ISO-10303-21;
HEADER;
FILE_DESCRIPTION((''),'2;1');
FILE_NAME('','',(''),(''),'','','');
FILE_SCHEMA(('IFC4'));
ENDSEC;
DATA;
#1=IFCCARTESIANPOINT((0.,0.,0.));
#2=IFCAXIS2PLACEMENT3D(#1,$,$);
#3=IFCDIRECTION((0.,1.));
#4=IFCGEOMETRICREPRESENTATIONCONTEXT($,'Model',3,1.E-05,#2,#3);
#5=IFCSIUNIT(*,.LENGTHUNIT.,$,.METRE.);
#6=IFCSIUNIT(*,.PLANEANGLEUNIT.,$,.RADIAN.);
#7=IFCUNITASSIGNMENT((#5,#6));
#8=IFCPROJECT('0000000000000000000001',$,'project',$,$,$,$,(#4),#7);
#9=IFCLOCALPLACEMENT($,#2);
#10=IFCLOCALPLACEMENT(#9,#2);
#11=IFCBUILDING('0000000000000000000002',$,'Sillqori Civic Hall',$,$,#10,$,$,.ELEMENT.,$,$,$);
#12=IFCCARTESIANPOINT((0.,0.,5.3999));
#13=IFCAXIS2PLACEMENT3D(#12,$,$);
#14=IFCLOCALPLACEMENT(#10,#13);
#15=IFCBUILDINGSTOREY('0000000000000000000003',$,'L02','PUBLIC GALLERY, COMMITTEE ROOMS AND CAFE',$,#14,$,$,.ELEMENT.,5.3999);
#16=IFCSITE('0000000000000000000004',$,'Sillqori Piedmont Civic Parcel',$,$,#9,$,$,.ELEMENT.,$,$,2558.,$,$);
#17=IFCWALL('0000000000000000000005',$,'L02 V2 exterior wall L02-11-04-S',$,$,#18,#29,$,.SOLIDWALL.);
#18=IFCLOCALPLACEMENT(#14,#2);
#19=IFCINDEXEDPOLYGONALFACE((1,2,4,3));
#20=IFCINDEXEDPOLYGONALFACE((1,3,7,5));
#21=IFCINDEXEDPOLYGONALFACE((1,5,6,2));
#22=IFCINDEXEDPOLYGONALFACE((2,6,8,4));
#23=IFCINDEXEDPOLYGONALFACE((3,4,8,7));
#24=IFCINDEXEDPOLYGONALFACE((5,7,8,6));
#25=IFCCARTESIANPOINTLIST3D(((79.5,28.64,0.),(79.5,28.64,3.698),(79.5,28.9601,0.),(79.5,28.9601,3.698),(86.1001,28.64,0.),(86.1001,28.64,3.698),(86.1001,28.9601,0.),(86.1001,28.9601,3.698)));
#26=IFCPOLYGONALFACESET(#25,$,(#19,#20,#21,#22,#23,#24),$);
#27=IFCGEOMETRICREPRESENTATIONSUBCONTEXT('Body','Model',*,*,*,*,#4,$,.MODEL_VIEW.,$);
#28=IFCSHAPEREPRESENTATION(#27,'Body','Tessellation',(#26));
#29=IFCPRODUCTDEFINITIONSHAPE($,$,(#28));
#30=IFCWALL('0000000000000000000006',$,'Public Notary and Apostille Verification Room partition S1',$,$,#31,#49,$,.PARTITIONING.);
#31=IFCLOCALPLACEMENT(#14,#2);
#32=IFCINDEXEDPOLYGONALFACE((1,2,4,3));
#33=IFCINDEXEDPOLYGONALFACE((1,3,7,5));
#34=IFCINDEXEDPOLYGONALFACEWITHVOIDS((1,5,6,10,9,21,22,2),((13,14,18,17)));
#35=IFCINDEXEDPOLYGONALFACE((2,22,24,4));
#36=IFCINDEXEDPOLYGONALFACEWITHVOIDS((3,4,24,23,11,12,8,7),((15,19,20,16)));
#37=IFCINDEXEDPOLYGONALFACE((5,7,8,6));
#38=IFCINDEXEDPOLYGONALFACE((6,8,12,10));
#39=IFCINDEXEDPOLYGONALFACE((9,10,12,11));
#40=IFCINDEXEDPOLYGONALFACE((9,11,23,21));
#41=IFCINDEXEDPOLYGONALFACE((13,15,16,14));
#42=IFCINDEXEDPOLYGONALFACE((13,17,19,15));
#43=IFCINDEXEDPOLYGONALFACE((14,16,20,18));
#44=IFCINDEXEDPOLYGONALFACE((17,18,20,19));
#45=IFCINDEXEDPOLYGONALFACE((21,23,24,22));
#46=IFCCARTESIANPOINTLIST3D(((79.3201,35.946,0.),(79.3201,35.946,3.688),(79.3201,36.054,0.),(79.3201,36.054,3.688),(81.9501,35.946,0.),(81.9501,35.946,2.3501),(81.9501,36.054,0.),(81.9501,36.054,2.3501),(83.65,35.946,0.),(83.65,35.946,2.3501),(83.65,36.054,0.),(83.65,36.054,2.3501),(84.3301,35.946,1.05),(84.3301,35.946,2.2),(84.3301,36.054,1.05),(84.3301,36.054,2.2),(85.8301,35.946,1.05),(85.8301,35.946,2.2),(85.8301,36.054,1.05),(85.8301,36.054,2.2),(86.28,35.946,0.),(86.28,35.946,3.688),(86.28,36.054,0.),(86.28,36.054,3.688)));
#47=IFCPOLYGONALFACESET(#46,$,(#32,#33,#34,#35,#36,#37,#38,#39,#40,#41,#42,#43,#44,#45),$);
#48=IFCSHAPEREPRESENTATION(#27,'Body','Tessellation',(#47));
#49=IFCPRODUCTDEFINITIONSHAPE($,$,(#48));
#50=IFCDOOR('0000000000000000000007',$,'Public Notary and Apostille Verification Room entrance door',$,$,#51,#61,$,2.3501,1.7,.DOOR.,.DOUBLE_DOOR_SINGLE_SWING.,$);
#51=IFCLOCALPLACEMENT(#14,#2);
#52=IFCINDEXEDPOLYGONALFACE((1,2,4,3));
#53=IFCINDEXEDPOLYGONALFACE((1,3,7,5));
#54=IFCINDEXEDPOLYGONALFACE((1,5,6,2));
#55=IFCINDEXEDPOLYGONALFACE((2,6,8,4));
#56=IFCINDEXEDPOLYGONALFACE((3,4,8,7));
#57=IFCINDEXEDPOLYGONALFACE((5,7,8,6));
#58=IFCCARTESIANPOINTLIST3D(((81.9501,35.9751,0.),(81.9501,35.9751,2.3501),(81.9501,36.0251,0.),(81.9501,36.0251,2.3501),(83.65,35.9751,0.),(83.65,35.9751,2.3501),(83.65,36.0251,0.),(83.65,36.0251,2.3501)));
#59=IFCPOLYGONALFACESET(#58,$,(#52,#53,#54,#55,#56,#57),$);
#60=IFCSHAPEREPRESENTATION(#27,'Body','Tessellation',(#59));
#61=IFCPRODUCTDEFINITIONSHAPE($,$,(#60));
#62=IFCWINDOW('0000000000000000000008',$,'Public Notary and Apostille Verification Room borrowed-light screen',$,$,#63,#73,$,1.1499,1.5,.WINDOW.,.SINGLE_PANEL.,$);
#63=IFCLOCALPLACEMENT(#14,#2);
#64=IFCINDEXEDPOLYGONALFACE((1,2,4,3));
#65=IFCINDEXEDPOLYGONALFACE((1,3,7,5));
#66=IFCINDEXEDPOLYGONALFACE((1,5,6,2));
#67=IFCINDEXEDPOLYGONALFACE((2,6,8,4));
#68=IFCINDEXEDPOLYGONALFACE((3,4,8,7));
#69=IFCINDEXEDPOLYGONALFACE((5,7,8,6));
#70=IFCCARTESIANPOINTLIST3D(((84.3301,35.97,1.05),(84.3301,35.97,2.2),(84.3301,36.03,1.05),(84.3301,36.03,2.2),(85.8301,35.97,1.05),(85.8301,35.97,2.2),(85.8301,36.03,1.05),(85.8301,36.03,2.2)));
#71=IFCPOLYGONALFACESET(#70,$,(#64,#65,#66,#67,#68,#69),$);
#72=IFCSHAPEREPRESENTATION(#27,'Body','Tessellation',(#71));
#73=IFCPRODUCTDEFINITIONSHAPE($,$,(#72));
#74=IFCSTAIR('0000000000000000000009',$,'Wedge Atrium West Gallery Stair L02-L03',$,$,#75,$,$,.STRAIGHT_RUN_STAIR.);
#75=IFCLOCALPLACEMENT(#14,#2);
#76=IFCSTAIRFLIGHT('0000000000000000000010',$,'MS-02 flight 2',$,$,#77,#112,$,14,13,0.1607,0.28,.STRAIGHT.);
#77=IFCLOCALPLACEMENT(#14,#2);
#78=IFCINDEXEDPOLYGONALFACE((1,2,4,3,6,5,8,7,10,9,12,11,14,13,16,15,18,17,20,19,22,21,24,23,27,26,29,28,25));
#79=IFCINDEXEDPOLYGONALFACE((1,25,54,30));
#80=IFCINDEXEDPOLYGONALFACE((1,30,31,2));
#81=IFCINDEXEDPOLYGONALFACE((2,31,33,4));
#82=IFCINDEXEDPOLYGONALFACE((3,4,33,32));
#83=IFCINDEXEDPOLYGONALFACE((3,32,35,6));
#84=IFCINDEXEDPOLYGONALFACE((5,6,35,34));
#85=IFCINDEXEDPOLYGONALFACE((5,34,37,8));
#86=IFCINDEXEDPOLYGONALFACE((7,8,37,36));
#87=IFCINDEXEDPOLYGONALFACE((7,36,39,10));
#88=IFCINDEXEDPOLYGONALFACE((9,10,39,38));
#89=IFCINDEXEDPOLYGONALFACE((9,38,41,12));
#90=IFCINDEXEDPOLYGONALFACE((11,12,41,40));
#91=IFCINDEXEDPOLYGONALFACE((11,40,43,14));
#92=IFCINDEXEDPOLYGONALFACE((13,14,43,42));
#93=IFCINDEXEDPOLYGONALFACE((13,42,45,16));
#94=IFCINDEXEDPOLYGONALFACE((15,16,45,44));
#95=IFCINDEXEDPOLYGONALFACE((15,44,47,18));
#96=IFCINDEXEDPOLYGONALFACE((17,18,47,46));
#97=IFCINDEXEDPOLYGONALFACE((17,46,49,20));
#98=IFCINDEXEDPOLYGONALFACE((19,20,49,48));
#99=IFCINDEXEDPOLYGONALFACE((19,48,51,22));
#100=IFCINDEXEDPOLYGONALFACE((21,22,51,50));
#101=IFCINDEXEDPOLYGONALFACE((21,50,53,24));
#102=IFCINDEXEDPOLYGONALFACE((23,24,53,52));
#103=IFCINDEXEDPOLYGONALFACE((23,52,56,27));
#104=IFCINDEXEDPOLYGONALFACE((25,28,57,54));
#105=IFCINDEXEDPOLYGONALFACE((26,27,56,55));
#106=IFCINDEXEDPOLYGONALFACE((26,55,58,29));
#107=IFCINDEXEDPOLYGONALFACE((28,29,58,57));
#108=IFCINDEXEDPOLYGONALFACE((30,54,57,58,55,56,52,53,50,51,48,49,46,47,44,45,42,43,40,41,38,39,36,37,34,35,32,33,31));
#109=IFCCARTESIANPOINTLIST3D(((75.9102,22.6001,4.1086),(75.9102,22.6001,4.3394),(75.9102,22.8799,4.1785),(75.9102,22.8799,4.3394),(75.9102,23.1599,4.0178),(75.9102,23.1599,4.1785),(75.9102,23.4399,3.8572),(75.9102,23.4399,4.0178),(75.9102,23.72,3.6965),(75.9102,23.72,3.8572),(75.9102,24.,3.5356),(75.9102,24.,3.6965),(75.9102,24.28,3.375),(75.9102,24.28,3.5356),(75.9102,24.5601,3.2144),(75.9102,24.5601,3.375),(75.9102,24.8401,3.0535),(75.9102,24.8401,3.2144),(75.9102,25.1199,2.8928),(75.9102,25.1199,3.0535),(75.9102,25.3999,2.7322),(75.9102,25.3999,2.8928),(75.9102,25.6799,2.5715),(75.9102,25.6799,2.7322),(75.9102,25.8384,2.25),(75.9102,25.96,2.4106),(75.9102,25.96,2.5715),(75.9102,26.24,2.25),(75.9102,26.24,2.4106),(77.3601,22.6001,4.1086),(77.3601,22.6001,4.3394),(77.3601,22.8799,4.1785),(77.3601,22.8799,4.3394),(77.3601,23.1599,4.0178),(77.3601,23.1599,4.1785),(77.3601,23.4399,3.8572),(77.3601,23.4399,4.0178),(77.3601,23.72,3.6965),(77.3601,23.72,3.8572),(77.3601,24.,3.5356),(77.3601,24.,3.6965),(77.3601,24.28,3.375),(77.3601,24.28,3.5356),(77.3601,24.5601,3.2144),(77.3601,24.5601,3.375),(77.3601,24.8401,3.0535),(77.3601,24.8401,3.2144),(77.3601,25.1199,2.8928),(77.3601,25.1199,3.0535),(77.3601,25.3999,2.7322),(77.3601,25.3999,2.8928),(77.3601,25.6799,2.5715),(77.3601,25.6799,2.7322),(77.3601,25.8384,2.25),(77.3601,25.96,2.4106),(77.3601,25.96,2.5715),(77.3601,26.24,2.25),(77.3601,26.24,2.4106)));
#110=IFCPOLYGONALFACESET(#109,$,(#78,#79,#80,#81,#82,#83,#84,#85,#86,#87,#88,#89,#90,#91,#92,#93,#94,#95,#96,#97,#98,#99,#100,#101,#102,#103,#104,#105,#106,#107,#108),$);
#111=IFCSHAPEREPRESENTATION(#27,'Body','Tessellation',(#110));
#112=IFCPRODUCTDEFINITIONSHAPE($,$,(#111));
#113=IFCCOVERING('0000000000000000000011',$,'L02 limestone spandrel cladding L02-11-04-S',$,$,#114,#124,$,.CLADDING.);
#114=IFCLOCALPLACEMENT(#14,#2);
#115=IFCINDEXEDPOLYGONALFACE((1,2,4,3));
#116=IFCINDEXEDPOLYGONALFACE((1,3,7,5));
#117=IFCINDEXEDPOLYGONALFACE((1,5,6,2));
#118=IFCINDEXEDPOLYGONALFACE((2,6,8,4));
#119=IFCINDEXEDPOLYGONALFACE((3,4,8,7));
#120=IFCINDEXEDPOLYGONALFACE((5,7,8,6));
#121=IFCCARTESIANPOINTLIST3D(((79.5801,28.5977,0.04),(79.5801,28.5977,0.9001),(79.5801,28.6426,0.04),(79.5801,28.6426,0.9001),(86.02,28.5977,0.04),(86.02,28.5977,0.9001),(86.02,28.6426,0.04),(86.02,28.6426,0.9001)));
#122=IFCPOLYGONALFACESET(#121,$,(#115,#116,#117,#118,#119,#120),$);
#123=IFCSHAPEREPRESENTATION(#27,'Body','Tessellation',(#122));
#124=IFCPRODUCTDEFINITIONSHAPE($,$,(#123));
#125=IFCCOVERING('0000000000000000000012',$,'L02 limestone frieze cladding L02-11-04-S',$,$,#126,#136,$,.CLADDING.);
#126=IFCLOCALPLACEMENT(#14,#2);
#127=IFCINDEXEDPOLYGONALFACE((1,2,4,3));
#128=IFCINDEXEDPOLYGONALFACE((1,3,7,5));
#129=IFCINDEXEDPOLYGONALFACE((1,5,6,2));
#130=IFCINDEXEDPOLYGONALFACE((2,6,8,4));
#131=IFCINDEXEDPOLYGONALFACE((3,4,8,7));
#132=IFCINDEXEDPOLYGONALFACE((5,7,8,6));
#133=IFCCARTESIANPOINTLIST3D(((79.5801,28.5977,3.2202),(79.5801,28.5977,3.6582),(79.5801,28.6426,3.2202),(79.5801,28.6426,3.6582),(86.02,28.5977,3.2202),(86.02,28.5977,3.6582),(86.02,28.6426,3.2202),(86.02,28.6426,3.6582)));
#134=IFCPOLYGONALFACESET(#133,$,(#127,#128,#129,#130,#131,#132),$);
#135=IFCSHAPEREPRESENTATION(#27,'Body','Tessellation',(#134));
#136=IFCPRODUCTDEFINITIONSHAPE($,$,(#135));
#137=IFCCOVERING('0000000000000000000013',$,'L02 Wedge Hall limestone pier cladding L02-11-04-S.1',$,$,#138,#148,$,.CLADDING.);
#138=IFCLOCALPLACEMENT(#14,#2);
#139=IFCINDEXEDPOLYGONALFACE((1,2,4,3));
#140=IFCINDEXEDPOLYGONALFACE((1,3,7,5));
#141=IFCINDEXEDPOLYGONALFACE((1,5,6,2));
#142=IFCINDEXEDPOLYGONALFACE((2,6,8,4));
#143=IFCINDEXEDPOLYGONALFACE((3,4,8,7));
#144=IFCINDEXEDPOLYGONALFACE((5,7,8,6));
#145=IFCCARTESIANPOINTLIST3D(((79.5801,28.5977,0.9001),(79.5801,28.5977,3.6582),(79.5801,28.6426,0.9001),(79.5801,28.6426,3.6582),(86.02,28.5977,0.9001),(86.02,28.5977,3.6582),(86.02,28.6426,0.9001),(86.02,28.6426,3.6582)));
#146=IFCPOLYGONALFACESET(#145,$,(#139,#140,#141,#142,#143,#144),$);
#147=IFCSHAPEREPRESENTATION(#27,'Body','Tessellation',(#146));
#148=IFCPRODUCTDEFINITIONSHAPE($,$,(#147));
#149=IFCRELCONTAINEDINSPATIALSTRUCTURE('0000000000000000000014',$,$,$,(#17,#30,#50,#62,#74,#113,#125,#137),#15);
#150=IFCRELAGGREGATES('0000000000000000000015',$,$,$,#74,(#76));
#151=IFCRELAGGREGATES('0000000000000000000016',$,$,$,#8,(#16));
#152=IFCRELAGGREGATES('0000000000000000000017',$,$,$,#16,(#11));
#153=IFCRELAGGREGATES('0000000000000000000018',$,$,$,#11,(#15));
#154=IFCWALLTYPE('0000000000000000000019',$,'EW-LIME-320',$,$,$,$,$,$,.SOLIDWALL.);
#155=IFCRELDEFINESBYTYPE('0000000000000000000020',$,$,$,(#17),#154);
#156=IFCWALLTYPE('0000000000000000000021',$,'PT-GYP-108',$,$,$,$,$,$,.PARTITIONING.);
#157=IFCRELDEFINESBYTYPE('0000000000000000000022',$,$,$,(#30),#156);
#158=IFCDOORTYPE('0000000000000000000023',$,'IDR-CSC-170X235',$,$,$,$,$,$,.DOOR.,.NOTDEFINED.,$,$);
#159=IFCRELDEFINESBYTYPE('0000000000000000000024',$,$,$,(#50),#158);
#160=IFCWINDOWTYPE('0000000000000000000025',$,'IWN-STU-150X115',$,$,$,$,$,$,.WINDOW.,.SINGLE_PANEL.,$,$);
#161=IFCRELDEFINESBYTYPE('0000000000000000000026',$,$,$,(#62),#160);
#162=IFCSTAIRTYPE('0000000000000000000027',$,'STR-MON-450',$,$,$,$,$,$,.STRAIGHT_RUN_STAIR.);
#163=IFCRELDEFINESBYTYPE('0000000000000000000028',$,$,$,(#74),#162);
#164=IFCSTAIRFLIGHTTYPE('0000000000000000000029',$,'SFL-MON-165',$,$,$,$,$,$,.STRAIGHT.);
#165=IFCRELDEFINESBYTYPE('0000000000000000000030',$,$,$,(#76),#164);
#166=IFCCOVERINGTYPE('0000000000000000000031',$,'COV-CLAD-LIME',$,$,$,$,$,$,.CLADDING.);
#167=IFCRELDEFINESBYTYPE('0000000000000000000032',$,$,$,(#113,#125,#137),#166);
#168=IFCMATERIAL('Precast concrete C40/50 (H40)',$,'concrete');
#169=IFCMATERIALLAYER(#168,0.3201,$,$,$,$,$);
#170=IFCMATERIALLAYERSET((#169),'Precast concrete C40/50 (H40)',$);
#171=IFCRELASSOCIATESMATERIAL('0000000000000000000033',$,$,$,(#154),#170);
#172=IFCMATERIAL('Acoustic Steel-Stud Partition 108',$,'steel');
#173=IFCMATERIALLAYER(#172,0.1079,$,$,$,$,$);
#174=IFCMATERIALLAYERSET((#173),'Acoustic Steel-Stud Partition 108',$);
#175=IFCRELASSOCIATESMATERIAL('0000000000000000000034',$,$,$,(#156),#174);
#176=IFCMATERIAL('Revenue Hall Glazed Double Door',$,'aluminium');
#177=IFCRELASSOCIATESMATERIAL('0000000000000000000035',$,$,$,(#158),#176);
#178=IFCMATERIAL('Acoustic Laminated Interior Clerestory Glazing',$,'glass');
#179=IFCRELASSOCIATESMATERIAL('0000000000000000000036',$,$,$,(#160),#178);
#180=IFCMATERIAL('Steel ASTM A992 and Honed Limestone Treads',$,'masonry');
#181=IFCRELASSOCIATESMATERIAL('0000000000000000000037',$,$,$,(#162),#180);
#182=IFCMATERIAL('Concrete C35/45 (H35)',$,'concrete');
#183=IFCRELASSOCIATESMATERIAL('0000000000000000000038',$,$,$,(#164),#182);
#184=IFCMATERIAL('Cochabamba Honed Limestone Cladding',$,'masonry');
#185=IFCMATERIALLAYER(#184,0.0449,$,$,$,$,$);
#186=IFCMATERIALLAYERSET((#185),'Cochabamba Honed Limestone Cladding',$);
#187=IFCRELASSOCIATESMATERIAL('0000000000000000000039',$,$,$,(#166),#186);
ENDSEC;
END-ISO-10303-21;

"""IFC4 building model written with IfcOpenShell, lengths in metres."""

from ifc_helpers import new_model, si_unit, direction, frame, frame_2d, origin, place, context, subcontext, project, spatial, polyline, rectangle, outline, extrude, material, layer, layer_set, type_object, element, fill, aggregate, save


model = new_model("IFC4")

# Units and contexts
model_context = context("Model", 3, precision=1e-05, world=origin(), true_north=direction((0.0, 1.0)))
body_context = subcontext(model_context, "Body", "Model", "MODEL_VIEW")
ifc_project = project(units=[si_unit("LENGTHUNIT", "METRE"), si_unit("PLANEANGLEUNIT", "RADIAN")], contexts=[model_context])

# Site, building, storey
site_placement = place(None, origin())
site = spatial("IfcSite", under=ifc_project, at=site_placement, Name="Sillqori Piedmont Civic Parcel", CompositionType="ELEMENT", RefElevation=2558.0)
building_placement = place(site_placement, origin())
building = spatial("IfcBuilding", under=site, at=building_placement, Name="Sillqori Civic Hall", CompositionType="ELEMENT")
storey_placement = place(building_placement, frame((0.0, 0.0, 5.3999)))
storey = spatial("IfcBuildingStorey", under=building, at=storey_placement, Name="L02", Description="PUBLIC GALLERY, COMMITTEE ROOMS AND CAFE", CompositionType="ELEMENT", Elevation=5.3999)

# Shared definitions
ifc_material_1 = material(Name="Concrete C35/45 (H35)", Category="concrete")

# Shared definitions
ifc_material_2 = material(Name="Precast concrete C40/50 (H40)", Category="concrete")

# Wall
ifc_layer_1 = layer(ifc_material_2, 0.3201)
ifc_layer_set_1 = layer_set([ifc_layer_1], Name="Precast concrete C40/50 (H40)")
wall_type_1 = type_object("IfcWallType", Name="EW-LIME-320", PredefinedType="SOLIDWALL", material=ifc_layer_set_1)
wall_1_placement = place(storey_placement, frame((86.1001, 28.8, 0.0), z_axis=(0.0, 0.0, 1.0), x_axis=(-1.0, 0.0, 0.0)))
element("IfcWall", 1, at=wall_1_placement, inside=storey, type_object=wall_type_1, Name="L02 V2 exterior wall L02-11-04-S", PredefinedType="SOLIDWALL", context=body_context, shape_type="SweptSolid", body=[
    extrude(rectangle(XDim=6.6001, YDim=0.3201, at=frame_2d((3.3, 0.0))), origin(), (0.0, 0.0, 1.0), 3.698),
])

# Wall, openings, door, window
ifc_material_3 = material(Name="Acoustic Steel-Stud Partition 108", Category="steel")
ifc_layer_2 = layer(ifc_material_3, 0.1079)
ifc_layer_set_2 = layer_set([ifc_layer_2], Name="Acoustic Steel-Stud Partition 108")
wall_type_2 = type_object("IfcWallType", Name="PT-GYP-108", PredefinedType="PARTITIONING", material=ifc_layer_set_2)
wall_2_placement = place(storey_placement, frame((86.28, 36.0, 0.0), z_axis=(0.0, 0.0, 1.0), x_axis=(-1.0, 0.0, 0.0)))
wall_2 = element("IfcWall", 2, at=wall_2_placement, inside=storey, type_object=wall_type_2, Name="Public Notary and Apostille Verification Room partition S1", PredefinedType="PARTITIONING", context=body_context, shape_type="SweptSolid", body=[
    extrude(rectangle(XDim=6.96, YDim=0.1079, at=frame_2d((3.48, 0.0))), origin(), (0.0, 0.0, 1.0), 3.688),
])
opening_1_placement = place(wall_2_placement, frame((2.6299, 0.0, 0.0)))
opening_1 = element("IfcOpeningElement", 3, at=opening_1_placement, cuts=wall_2, PredefinedType="OPENING", context=body_context, shape_type="SweptSolid", body=[
    extrude(rectangle(XDim=1.7, YDim=2.3501, at=frame_2d((0.8501, 1.175))), frame((0.0, 0.064, 0.0), z_axis=(0.0, -1.0, 0.0), x_axis=(1.0, 0.0, 0.0)), (0.0, 0.0, 1.0), 0.1279),
])
opening_2_placement = place(wall_2_placement, frame((0.45, 0.0, 1.05)))
opening_2 = element("IfcOpeningElement", 4, at=opening_2_placement, cuts=wall_2, PredefinedType="OPENING", context=body_context, shape_type="SweptSolid", body=[
    extrude(rectangle(XDim=1.5, YDim=1.1499, at=frame_2d((0.75, 0.575))), frame((0.0, 0.064, 0.0), z_axis=(0.0, -1.0, 0.0), x_axis=(1.0, 0.0, 0.0)), (0.0, 0.0, 1.0), 0.1279),
])
ifc_material_4 = material(Name="Revenue Hall Glazed Double Door", Category="aluminium")
door_type = type_object("IfcDoorType", Name="IDR-CSC-170X235", OperationType="NOTDEFINED", PredefinedType="DOOR", material=ifc_material_4)
door_placement = place(opening_1_placement, origin())
door = element("IfcDoor", 5, at=door_placement, inside=storey, type_object=door_type, Name="Public Notary and Apostille Verification Room entrance door", OperationType="DOUBLE_DOOR_SINGLE_SWING", OverallHeight=2.3501, OverallWidth=1.7, PredefinedType="DOOR", context=body_context, shape_type="SweptSolid", body=[
    extrude(rectangle(XDim=1.7, YDim=2.3501, at=frame_2d((0.8501, 1.175))), frame((0.0, 0.0249, 0.0), z_axis=(0.0, -1.0, 0.0), x_axis=(1.0, 0.0, 0.0)), (0.0, 0.0, 1.0), 0.05),
])
fill(opening_1, door)
ifc_material_5 = material(Name="Acoustic Laminated Interior Clerestory Glazing", Category="glass")
window_type = type_object("IfcWindowType", Name="IWN-STU-150X115", PartitioningType="SINGLE_PANEL", PredefinedType="WINDOW", material=ifc_material_5)
window_placement = place(opening_2_placement, origin())
window = element("IfcWindow", 6, at=window_placement, inside=storey, type_object=window_type, Name="Public Notary and Apostille Verification Room borrowed-light screen", OverallHeight=1.1499, OverallWidth=1.5, PartitioningType="SINGLE_PANEL", PredefinedType="WINDOW", context=body_context, shape_type="SweptSolid", body=[
    extrude(rectangle(XDim=1.5, YDim=1.1499, at=frame_2d((0.75, 0.575))), frame((0.0, 0.03, 0.0), z_axis=(0.0, -1.0, 0.0), x_axis=(1.0, 0.0, 0.0)), (0.0, 0.0, 1.0), 0.0601),
])
fill(opening_2, window)

# Stair, stair flight
ifc_material_6 = material(Name="Steel ASTM A992 and Honed Limestone Treads", Category="masonry")
stair_type = type_object("IfcStairType", Name="STR-MON-450", PredefinedType="STRAIGHT_RUN_STAIR", material=ifc_material_6)
stair_placement = place(storey_placement, origin())
stair = element("IfcStair", 7, at=stair_placement, inside=storey, type_object=stair_type, Name="Wedge Atrium West Gallery Stair L02-L03", PredefinedType="STRAIGHT_RUN_STAIR")
stair_flight_type = type_object("IfcStairFlightType", Name="SFL-MON-165", PredefinedType="STRAIGHT", material=ifc_material_1)
stair_flight_placement = place(storey_placement, frame((76.635, 26.24, 2.25), z_axis=(0.0, 0.0, 1.0), x_axis=(0.0, -1.0, 0.0)))
stair_flight = element("IfcStairFlight", 8, at=stair_flight_placement, type_object=stair_flight_type, Name="MS-02 flight 2", NumberOfRisers=14, NumberOfTreads=13, PredefinedType="STRAIGHT", RiserHeight=0.1607, TreadLength=0.28, context=body_context, shape_type="SweptSolid", body=[
    extrude(outline(polyline([(0.0, 0.0), (0.0, 0.1606), (0.28, 0.1606), (0.28, 0.3215), (0.5601, 0.3215), (0.5601, 0.4822), (0.8401, 0.4822), (0.8401, 0.6428), (1.1201, 0.6428), (1.1201, 0.8035), (1.3999, 0.8035), (1.3999, 0.9644), (1.6799, 0.9644), (1.6799, 1.125), (1.96, 1.125), (1.96, 1.2856), (2.24, 1.2856), (2.24, 1.4465), (2.52, 1.4465), (2.52, 1.6072), (2.8, 1.6072), (2.8, 1.7678), (3.0801, 1.7678), (3.0801, 1.9285), (3.3601, 1.9285), (3.3601, 2.0894), (3.6399, 2.0894), (3.6399, 2.25), (3.6399, 1.8586), (0.4016, 0.0), (0.0, 0.0)])), frame((0.0, 0.7251, 0.0), z_axis=(0.0, -1.0, 0.0), x_axis=(1.0, 0.0, 0.0)), (0.0, 0.0, 1.0), 1.45),
])
aggregate(stair, [stair_flight])

# Coverings
ifc_material_7 = material(Name="Cochabamba Honed Limestone Cladding", Category="masonry")
ifc_layer_3 = layer(ifc_material_7, 0.0449)
ifc_layer_set_3 = layer_set([ifc_layer_3], Name="Cochabamba Honed Limestone Cladding")
covering_type = type_object("IfcCoveringType", Name="COV-CLAD-LIME", PredefinedType="CLADDING", material=ifc_layer_set_3)
covering_1_placement = place(storey_placement, frame((86.02, 28.6201, 0.04), z_axis=(0.0, 0.0, 1.0), x_axis=(-1.0, 0.0, 0.0)))
element("IfcCovering", 9, at=covering_1_placement, inside=storey, type_object=covering_type, Name="L02 limestone spandrel cladding L02-11-04-S", PredefinedType="CLADDING", context=body_context, shape_type="SweptSolid", body=[
    extrude(rectangle(XDim=6.4399, YDim=0.0449, at=frame_2d((3.22, 0.0))), origin(), (0.0, 0.0, 1.0), 0.8601),
])
covering_2_placement = place(storey_placement, frame((86.02, 28.6201, 3.2202), z_axis=(0.0, 0.0, 1.0), x_axis=(-1.0, 0.0, 0.0)))
element("IfcCovering", 10, at=covering_2_placement, inside=storey, type_object=covering_type, Name="L02 limestone frieze cladding L02-11-04-S", PredefinedType="CLADDING", context=body_context, shape_type="SweptSolid", body=[
    extrude(rectangle(XDim=6.4399, YDim=0.0449, at=frame_2d((3.22, 0.0))), origin(), (0.0, 0.0, 1.0), 0.438),
])
covering_3_placement = place(storey_placement, frame((86.02, 28.6201, 0.9001), z_axis=(0.0, 0.0, 1.0), x_axis=(-1.0, 0.0, 0.0)))
element("IfcCovering", 11, at=covering_3_placement, inside=storey, type_object=covering_type, Name="L02 Wedge Hall limestone pier cladding L02-11-04-S.1", PredefinedType="CLADDING", context=body_context, shape_type="SweptSolid", body=[
    extrude(rectangle(XDim=6.4399, YDim=0.0449, at=frame_2d((3.22, 0.0))), origin(), (0.0, 0.0, 1.0), 2.7581),
])

save(model, "model.ifc")
